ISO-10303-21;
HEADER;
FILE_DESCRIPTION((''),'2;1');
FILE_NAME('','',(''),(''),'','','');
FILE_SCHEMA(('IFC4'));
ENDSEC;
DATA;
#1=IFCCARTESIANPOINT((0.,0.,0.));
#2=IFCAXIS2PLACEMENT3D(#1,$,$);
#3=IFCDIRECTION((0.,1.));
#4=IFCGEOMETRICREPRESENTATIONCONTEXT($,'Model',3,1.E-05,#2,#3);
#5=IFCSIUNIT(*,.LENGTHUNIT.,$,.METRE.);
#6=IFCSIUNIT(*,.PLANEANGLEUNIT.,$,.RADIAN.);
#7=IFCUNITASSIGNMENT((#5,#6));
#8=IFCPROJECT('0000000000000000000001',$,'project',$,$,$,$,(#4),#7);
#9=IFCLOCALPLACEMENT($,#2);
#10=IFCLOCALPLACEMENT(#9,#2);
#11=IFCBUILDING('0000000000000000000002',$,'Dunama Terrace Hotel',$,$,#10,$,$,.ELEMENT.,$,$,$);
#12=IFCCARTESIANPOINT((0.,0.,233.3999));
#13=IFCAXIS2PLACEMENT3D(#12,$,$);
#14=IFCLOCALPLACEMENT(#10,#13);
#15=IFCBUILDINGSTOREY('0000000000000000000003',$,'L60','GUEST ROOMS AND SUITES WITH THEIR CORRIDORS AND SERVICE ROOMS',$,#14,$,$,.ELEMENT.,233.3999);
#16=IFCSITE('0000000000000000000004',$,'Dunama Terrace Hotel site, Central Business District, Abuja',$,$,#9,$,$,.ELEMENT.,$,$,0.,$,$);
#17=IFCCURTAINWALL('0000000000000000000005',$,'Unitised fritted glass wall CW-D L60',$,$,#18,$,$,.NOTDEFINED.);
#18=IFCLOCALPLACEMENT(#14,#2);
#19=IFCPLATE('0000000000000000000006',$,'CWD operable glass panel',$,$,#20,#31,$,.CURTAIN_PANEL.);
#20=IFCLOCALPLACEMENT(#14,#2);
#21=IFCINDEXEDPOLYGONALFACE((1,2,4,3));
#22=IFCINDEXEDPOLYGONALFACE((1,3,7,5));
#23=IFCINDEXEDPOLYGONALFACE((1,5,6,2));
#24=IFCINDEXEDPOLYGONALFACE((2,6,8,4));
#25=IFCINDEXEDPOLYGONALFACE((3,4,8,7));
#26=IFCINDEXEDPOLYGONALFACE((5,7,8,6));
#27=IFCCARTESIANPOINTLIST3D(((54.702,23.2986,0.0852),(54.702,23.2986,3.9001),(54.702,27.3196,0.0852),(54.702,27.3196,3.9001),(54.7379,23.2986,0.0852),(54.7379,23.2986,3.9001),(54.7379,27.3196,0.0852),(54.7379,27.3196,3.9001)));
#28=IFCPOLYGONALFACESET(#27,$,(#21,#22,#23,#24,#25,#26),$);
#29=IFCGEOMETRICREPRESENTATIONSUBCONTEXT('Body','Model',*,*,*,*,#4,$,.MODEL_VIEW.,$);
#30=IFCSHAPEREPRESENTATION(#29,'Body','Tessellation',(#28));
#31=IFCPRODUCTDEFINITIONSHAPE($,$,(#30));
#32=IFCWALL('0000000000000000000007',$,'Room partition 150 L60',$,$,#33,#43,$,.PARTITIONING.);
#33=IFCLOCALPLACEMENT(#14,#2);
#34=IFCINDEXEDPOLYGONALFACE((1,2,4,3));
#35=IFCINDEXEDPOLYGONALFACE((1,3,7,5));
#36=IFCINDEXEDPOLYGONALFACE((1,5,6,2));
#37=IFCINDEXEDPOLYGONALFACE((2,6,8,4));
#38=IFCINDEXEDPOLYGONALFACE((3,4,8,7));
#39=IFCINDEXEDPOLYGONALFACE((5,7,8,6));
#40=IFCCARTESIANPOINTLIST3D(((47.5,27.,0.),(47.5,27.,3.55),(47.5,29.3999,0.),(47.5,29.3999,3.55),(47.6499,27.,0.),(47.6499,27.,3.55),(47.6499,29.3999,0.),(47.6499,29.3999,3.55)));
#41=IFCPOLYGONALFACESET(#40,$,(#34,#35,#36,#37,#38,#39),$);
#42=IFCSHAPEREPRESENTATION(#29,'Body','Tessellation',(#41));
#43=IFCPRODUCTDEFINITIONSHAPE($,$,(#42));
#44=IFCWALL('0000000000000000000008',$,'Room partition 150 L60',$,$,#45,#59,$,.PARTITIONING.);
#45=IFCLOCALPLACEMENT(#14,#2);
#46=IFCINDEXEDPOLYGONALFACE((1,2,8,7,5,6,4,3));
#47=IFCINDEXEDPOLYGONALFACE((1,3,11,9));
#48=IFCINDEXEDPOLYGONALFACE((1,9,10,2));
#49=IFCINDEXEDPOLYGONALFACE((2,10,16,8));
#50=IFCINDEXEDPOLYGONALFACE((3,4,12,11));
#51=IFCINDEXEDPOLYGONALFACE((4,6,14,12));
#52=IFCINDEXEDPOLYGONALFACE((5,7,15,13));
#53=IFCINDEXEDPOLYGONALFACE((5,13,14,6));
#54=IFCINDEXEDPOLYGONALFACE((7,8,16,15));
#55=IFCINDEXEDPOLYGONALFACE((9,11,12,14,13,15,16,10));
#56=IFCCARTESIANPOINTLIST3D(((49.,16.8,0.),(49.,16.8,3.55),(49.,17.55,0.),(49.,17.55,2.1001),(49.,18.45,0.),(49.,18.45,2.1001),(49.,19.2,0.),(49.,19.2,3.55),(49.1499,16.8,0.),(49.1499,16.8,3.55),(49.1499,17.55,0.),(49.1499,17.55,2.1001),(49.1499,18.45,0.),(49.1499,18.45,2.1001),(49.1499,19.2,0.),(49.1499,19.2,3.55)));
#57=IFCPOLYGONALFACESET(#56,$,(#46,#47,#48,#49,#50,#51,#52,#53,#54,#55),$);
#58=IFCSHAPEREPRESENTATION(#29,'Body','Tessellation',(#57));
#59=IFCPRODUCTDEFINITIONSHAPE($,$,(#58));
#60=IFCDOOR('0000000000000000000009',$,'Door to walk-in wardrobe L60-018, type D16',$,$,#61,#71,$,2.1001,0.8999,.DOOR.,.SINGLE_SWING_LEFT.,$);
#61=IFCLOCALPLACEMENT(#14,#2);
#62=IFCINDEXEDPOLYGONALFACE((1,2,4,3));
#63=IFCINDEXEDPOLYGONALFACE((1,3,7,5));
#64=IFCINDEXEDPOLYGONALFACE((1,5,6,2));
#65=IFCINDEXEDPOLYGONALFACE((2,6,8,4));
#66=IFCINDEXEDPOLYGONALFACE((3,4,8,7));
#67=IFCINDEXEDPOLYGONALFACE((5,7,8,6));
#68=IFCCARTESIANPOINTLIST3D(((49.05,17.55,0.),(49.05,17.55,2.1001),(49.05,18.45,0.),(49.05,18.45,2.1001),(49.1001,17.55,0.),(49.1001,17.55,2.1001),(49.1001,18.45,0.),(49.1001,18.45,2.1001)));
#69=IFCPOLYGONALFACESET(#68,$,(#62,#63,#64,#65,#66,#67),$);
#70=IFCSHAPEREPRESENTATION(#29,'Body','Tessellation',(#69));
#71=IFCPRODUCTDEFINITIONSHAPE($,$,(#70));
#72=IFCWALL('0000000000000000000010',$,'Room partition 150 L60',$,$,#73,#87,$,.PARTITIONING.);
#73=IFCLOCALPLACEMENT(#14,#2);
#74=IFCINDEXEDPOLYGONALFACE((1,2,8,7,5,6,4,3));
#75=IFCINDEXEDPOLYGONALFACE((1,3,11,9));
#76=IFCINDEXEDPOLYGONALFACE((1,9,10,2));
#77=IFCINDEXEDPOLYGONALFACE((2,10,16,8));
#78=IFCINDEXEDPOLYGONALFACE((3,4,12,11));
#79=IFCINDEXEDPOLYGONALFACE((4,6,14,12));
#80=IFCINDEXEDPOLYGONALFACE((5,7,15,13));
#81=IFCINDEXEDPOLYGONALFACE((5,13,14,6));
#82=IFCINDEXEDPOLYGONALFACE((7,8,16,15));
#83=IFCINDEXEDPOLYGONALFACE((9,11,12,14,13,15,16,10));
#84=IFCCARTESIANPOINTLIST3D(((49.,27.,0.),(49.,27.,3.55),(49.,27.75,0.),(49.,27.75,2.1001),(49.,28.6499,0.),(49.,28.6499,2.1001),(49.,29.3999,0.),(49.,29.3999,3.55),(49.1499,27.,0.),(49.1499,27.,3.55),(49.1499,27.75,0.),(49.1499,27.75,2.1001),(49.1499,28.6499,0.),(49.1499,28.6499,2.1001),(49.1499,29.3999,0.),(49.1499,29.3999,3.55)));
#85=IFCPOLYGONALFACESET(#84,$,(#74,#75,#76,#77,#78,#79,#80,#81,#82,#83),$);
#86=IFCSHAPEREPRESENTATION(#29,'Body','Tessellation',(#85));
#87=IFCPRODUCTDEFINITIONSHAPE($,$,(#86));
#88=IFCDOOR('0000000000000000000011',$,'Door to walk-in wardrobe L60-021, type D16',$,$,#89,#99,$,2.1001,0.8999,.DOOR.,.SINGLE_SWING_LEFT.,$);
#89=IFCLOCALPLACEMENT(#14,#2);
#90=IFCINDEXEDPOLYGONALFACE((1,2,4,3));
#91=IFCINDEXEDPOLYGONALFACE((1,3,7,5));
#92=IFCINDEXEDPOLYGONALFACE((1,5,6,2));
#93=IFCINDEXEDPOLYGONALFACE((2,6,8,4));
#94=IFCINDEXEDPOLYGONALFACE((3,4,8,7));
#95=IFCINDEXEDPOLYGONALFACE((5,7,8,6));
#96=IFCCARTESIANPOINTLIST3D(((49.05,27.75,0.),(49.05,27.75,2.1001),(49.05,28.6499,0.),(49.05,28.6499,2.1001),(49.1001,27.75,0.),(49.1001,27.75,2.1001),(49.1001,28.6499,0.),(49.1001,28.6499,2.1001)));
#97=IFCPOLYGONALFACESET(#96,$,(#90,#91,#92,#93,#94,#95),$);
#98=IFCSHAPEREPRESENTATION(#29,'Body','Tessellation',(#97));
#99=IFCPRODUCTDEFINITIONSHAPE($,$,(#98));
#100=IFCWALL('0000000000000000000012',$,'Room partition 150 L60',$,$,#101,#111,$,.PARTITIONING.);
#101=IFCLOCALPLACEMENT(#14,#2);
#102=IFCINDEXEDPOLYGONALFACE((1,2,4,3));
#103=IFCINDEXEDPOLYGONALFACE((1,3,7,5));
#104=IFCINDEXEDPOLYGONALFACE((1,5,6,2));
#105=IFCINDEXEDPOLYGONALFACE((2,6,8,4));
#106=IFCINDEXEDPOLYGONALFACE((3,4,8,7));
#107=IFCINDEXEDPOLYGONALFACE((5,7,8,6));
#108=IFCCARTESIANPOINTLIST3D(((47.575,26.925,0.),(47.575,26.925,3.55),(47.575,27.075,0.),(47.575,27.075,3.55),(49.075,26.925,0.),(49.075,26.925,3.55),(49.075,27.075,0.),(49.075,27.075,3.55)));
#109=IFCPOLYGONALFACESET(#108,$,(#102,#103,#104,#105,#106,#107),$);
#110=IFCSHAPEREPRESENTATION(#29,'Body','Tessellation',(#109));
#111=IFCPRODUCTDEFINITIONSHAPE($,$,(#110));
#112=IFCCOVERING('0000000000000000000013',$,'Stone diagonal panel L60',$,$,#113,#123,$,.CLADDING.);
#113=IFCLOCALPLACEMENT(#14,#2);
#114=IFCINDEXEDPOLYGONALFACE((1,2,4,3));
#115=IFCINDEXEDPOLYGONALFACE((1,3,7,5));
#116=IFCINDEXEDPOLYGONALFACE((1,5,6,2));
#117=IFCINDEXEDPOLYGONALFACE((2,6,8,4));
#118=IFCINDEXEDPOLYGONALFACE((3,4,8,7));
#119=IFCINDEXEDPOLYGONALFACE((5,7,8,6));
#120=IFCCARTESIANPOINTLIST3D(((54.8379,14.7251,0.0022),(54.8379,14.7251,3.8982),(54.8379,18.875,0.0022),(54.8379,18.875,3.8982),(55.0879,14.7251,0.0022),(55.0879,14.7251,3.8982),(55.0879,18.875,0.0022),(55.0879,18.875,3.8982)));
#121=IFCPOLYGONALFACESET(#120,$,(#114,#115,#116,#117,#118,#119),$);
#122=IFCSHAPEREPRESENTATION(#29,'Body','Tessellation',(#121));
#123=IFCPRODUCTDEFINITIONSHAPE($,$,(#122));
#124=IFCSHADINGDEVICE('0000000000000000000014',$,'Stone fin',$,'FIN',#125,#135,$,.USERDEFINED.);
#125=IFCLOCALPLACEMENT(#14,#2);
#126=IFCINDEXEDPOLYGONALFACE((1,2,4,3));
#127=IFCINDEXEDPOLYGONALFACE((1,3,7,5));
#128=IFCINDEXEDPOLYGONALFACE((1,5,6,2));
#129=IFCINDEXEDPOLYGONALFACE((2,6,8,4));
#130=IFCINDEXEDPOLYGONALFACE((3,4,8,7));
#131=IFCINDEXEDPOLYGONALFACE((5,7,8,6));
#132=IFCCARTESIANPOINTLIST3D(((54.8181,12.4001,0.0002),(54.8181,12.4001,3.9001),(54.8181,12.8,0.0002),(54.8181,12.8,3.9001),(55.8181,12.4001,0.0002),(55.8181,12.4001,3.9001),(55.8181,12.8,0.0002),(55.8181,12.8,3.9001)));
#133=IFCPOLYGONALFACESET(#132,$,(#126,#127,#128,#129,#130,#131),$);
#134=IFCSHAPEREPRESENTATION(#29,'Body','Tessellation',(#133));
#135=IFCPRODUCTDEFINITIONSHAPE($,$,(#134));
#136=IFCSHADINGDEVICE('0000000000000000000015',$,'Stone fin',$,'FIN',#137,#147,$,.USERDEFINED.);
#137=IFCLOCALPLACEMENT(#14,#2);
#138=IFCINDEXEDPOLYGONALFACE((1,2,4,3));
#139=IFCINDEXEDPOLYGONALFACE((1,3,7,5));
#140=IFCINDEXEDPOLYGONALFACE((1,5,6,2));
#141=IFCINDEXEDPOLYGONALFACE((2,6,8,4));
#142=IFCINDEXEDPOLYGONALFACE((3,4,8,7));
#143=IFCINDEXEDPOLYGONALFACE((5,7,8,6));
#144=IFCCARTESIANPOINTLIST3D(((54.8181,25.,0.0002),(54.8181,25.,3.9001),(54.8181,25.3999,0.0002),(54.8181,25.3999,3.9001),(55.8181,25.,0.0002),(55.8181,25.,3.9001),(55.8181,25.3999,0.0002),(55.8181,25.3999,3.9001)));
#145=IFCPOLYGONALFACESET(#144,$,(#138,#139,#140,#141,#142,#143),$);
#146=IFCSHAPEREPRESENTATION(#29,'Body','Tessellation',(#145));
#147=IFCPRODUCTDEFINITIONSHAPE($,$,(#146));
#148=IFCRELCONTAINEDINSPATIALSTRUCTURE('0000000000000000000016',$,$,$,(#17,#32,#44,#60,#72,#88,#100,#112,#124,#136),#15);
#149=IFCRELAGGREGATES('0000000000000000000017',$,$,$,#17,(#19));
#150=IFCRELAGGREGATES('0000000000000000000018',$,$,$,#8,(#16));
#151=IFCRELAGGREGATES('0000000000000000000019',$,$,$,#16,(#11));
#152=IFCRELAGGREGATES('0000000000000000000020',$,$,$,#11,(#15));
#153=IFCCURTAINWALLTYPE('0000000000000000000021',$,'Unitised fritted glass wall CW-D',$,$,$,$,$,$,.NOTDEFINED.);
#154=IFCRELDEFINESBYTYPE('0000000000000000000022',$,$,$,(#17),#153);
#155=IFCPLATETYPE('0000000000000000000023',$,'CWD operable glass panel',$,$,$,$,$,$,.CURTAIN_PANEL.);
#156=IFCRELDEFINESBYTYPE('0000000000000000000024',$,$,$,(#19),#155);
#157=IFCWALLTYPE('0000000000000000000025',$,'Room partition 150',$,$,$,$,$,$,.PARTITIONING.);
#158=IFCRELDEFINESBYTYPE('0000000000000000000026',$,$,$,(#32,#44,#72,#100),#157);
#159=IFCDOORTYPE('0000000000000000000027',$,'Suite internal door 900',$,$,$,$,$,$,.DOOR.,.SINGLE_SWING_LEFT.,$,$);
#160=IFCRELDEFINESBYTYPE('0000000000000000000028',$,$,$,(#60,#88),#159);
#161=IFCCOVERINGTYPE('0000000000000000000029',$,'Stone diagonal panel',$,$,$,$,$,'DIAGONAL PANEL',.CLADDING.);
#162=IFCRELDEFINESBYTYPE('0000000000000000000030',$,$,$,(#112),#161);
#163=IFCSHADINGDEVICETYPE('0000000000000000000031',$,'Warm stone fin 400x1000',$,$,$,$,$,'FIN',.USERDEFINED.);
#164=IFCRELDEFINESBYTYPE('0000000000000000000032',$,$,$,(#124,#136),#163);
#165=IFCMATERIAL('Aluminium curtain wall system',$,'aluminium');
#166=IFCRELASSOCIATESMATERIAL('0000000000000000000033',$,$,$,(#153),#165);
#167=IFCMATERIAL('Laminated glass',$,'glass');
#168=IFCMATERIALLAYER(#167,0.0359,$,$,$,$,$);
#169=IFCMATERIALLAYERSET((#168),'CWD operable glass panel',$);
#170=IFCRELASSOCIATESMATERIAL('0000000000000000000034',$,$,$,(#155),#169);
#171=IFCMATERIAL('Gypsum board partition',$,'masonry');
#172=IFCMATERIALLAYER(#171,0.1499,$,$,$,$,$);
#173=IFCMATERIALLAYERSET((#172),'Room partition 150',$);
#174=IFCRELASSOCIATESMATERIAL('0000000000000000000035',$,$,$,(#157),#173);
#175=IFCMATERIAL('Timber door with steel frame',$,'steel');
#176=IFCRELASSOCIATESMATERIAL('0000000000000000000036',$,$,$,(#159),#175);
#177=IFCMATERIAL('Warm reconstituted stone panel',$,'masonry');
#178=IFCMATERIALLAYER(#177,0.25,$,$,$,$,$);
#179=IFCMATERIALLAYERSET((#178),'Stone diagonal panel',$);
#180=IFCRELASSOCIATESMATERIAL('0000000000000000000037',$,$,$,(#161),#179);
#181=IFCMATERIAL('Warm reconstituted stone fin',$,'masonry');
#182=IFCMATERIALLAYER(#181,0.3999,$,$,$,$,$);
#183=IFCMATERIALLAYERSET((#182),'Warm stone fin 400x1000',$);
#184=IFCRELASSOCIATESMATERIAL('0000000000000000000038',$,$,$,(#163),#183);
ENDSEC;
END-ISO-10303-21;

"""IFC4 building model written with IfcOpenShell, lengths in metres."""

from ifc_helpers import new_model, si_unit, direction, frame, frame_2d, origin, origin_2d, place, context, subcontext, project, spatial, rectangle, extrude, material, layer, layer_set, type_object, element, fill, aggregate, save


model = new_model("IFC4")

# Units and contexts
model_context = context("Model", 3, precision=1e-05, world=origin(), true_north=direction((0.0, 1.0)))
body_context = subcontext(model_context, "Body", "Model", "MODEL_VIEW")
ifc_project = project(units=[si_unit("LENGTHUNIT", "METRE"), si_unit("PLANEANGLEUNIT", "RADIAN")], contexts=[model_context])

# Site, building, storey
site_placement = place(None, origin())
site = spatial("IfcSite", under=ifc_project, at=site_placement, Name="Dunama Terrace Hotel site, Central Business District, Abuja", CompositionType="ELEMENT", RefElevation=0.0)
building_placement = place(site_placement, origin())
building = spatial("IfcBuilding", under=site, at=building_placement, Name="Dunama Terrace Hotel", CompositionType="ELEMENT")
storey_placement = place(building_placement, frame((0.0, 0.0, 233.3999)))
storey = spatial("IfcBuildingStorey", under=building, at=storey_placement, Name="L60", Description="GUEST ROOMS AND SUITES WITH THEIR CORRIDORS AND SERVICE ROOMS", CompositionType="ELEMENT", Elevation=233.3999)

# Curtain wall
ifc_material_1 = material(Name="Aluminium curtain wall system", Category="aluminium")
curtain_wall_type = type_object("IfcCurtainWallType", Name="Unitised fritted glass wall CW-D", PredefinedType="NOTDEFINED", material=ifc_material_1)
curtain_wall_placement = place(storey_placement, origin())
curtain_wall = element("IfcCurtainWall", 1, at=curtain_wall_placement, inside=storey, type_object=curtain_wall_type, Name="Unitised fritted glass wall CW-D L60", PredefinedType="NOTDEFINED")

# Plate
ifc_material_2 = material(Name="Laminated glass", Category="glass")
ifc_layer_1 = layer(ifc_material_2, 0.0359)
ifc_layer_set_1 = layer_set([ifc_layer_1], Name="CWD operable glass panel")
plate_type_1 = type_object("IfcPlateType", Name="CWD operable glass panel", PredefinedType="CURTAIN_PANEL", material=ifc_layer_set_1)
plate_1_placement = place(storey_placement, frame((54.72, 25.3091, 0.0852), z_axis=(0.0, 0.0, 1.0), x_axis=(0.0, 1.0, 0.0)))
plate_1 = element("IfcPlate", 2, at=plate_1_placement, type_object=plate_type_1, Name="CWD operable glass panel", PredefinedType="CURTAIN_PANEL", context=body_context, shape_type="SweptSolid", body=[
    extrude(rectangle(XDim=4.021, YDim=0.0359, at=origin_2d()), origin(), (0.0, 0.0, 1.0), 3.8149),
])
aggregate(curtain_wall, [plate_1])

# Wall
ifc_material_3 = material(Name="Gypsum board partition", Category="masonry")
ifc_layer_2 = layer(ifc_material_3, 0.1499)
ifc_layer_set_2 = layer_set([ifc_layer_2], Name="Room partition 150")
wall_type = type_object("IfcWallType", Name="Room partition 150", PredefinedType="PARTITIONING", material=ifc_layer_set_2)
wall_1_placement = place(storey_placement, frame((47.575, 27.0, 0.0), z_axis=(0.0, 0.0, 1.0), x_axis=(0.0, 1.0, 0.0)))
element("IfcWall", 3, at=wall_1_placement, inside=storey, type_object=wall_type, Name="Room partition 150 L60", PredefinedType="PARTITIONING", context=body_context, shape_type="SweptSolid", body=[
    extrude(rectangle(XDim=2.3999, YDim=0.1499, at=frame_2d((1.2, 0.0))), origin(), (0.0, 0.0, 1.0), 3.55),
])

# Walls, openings, doors
wall_2_placement = place(storey_placement, frame((49.075, 16.8, 0.0), z_axis=(0.0, 0.0, 1.0), x_axis=(0.0, 1.0, 0.0)))
wall_2 = element("IfcWall", 4, at=wall_2_placement, inside=storey, type_object=wall_type, Name="Room partition 150 L60", PredefinedType="PARTITIONING", context=body_context, shape_type="SweptSolid", body=[
    extrude(rectangle(XDim=2.3999, YDim=0.1499, at=frame_2d((1.2, 0.0))), origin(), (0.0, 0.0, 1.0), 3.55),
])
opening_1_placement = place(wall_2_placement, frame((0.75, 0.0, 0.0)))
opening_1 = element("IfcOpeningElement", 5, at=opening_1_placement, cuts=wall_2, PredefinedType="OPENING", context=body_context, shape_type="SweptSolid", body=[
    extrude(rectangle(XDim=0.8999, YDim=2.1001, at=frame_2d((0.45, 1.05))), frame((0.0, 0.085, 0.0), z_axis=(0.0, -1.0, 0.0), x_axis=(1.0, 0.0, 0.0)), (0.0, 0.0, 1.0), 0.1699),
])
ifc_material_4 = material(Name="Timber door with steel frame", Category="steel")
door_type = type_object("IfcDoorType", Name="Suite internal door 900", OperationType="SINGLE_SWING_LEFT", PredefinedType="DOOR", material=ifc_material_4)
door_1_placement = place(opening_1_placement, origin())
door_1 = element("IfcDoor", 6, at=door_1_placement, inside=storey, type_object=door_type, Name="Door to walk-in wardrobe L60-018, type D16", OperationType="SINGLE_SWING_LEFT", OverallHeight=2.1001, OverallWidth=0.8999, PredefinedType="DOOR", context=body_context, shape_type="SweptSolid", body=[
    extrude(rectangle(XDim=0.8999, YDim=2.1001, at=frame_2d((0.45, 1.05))), frame((0.0, 0.0249, 0.0), z_axis=(0.0, -1.0, 0.0), x_axis=(1.0, 0.0, 0.0)), (0.0, 0.0, 1.0), 0.05),
])
fill(opening_1, door_1)
wall_3_placement = place(storey_placement, frame((49.075, 27.0, 0.0), z_axis=(0.0, 0.0, 1.0), x_axis=(0.0, 1.0, 0.0)))
wall_3 = element("IfcWall", 7, at=wall_3_placement, inside=storey, type_object=wall_type, Name="Room partition 150 L60", PredefinedType="PARTITIONING", context=body_context, shape_type="SweptSolid", body=[
    extrude(rectangle(XDim=2.3999, YDim=0.1499, at=frame_2d((1.2, 0.0))), origin(), (0.0, 0.0, 1.0), 3.55),
])
opening_2_placement = place(wall_3_placement, frame((0.75, 0.0, 0.0)))
opening_2 = element("IfcOpeningElement", 8, at=opening_2_placement, cuts=wall_3, PredefinedType="OPENING", context=body_context, shape_type="SweptSolid", body=[
    extrude(rectangle(XDim=0.8999, YDim=2.1001, at=frame_2d((0.45, 1.05))), frame((0.0, 0.085, 0.0), z_axis=(0.0, -1.0, 0.0), x_axis=(1.0, 0.0, 0.0)), (0.0, 0.0, 1.0), 0.1699),
])
door_2_placement = place(opening_2_placement, origin())
door_2 = element("IfcDoor", 9, at=door_2_placement, inside=storey, type_object=door_type, Name="Door to walk-in wardrobe L60-021, type D16", OperationType="SINGLE_SWING_LEFT", OverallHeight=2.1001, OverallWidth=0.8999, PredefinedType="DOOR", context=body_context, shape_type="SweptSolid", body=[
    extrude(rectangle(XDim=0.8999, YDim=2.1001, at=frame_2d((0.45, 1.05))), frame((0.0, 0.0249, 0.0), z_axis=(0.0, -1.0, 0.0), x_axis=(1.0, 0.0, 0.0)), (0.0, 0.0, 1.0), 0.05),
])
fill(opening_2, door_2)

# Wall
wall_4_placement = place(storey_placement, frame((47.575, 27.0, 0.0), z_axis=(0.0, 0.0, 1.0), x_axis=(1.0, 0.0, 0.0)))
element("IfcWall", 10, at=wall_4_placement, inside=storey, type_object=wall_type, Name="Room partition 150 L60", PredefinedType="PARTITIONING", context=body_context, shape_type="SweptSolid", body=[
    extrude(rectangle(XDim=1.5, YDim=0.1499, at=frame_2d((0.75, 0.0))), origin(), (0.0, 0.0, 1.0), 3.55),
])

# Covering
ifc_material_5 = material(Name="Warm reconstituted stone panel", Category="masonry")
ifc_layer_3 = layer(ifc_material_5, 0.25)
ifc_layer_set_3 = layer_set([ifc_layer_3], Name="Stone diagonal panel")
covering_type = type_object("IfcCoveringType", Name="Stone diagonal panel", ElementType="DIAGONAL PANEL", PredefinedType="CLADDING", material=ifc_layer_set_3)
covering_placement = place(storey_placement, frame((54.9629, 16.8, 0.0022), z_axis=(0.0, 0.0, 1.0), x_axis=(0.0, 1.0, 0.0)))
element("IfcCovering", 11, at=covering_placement, inside=storey, type_object=covering_type, Name="Stone diagonal panel L60", PredefinedType="CLADDING", context=body_context, shape_type="SweptSolid", body=[
    extrude(rectangle(XDim=4.1499, YDim=0.25, at=origin_2d()), origin(), (0.0, 0.0, 1.0), 3.896),
])

# Shading devices
ifc_material_6 = material(Name="Warm reconstituted stone fin", Category="masonry")
ifc_layer_4 = layer(ifc_material_6, 0.3999)
ifc_layer_set_4 = layer_set([ifc_layer_4], Name="Warm stone fin 400x1000")
shading_device_type = type_object("IfcShadingDeviceType", Name="Warm stone fin 400x1000", ElementType="FIN", PredefinedType="USERDEFINED", material=ifc_layer_set_4)
for number, where, z_axis, x_axis, name in (
    (12, (55.3181, 12.6001, 0.0002), (0.0, 0.0, 1.0), (0.0, 1.0, 0.0), "Stone fin"),
    (13, (55.3181, 25.2, 0.0002), (0.0, 0.0, 1.0), (0.0, 1.0, 0.0), "Stone fin"),
):
    element("IfcShadingDevice", number, at=place(storey_placement, frame(where, z_axis=z_axis, x_axis=x_axis)), inside=storey, type_object=shading_device_type, Name=name, ObjectType="FIN", PredefinedType="USERDEFINED", context=body_context, shape_type="SweptSolid", body=[
        extrude(rectangle(XDim=0.3999, YDim=1.0, at=origin_2d()), origin(), (0.0, 0.0, 1.0), 3.8999),
    ])

save(model, "model.ifc")
